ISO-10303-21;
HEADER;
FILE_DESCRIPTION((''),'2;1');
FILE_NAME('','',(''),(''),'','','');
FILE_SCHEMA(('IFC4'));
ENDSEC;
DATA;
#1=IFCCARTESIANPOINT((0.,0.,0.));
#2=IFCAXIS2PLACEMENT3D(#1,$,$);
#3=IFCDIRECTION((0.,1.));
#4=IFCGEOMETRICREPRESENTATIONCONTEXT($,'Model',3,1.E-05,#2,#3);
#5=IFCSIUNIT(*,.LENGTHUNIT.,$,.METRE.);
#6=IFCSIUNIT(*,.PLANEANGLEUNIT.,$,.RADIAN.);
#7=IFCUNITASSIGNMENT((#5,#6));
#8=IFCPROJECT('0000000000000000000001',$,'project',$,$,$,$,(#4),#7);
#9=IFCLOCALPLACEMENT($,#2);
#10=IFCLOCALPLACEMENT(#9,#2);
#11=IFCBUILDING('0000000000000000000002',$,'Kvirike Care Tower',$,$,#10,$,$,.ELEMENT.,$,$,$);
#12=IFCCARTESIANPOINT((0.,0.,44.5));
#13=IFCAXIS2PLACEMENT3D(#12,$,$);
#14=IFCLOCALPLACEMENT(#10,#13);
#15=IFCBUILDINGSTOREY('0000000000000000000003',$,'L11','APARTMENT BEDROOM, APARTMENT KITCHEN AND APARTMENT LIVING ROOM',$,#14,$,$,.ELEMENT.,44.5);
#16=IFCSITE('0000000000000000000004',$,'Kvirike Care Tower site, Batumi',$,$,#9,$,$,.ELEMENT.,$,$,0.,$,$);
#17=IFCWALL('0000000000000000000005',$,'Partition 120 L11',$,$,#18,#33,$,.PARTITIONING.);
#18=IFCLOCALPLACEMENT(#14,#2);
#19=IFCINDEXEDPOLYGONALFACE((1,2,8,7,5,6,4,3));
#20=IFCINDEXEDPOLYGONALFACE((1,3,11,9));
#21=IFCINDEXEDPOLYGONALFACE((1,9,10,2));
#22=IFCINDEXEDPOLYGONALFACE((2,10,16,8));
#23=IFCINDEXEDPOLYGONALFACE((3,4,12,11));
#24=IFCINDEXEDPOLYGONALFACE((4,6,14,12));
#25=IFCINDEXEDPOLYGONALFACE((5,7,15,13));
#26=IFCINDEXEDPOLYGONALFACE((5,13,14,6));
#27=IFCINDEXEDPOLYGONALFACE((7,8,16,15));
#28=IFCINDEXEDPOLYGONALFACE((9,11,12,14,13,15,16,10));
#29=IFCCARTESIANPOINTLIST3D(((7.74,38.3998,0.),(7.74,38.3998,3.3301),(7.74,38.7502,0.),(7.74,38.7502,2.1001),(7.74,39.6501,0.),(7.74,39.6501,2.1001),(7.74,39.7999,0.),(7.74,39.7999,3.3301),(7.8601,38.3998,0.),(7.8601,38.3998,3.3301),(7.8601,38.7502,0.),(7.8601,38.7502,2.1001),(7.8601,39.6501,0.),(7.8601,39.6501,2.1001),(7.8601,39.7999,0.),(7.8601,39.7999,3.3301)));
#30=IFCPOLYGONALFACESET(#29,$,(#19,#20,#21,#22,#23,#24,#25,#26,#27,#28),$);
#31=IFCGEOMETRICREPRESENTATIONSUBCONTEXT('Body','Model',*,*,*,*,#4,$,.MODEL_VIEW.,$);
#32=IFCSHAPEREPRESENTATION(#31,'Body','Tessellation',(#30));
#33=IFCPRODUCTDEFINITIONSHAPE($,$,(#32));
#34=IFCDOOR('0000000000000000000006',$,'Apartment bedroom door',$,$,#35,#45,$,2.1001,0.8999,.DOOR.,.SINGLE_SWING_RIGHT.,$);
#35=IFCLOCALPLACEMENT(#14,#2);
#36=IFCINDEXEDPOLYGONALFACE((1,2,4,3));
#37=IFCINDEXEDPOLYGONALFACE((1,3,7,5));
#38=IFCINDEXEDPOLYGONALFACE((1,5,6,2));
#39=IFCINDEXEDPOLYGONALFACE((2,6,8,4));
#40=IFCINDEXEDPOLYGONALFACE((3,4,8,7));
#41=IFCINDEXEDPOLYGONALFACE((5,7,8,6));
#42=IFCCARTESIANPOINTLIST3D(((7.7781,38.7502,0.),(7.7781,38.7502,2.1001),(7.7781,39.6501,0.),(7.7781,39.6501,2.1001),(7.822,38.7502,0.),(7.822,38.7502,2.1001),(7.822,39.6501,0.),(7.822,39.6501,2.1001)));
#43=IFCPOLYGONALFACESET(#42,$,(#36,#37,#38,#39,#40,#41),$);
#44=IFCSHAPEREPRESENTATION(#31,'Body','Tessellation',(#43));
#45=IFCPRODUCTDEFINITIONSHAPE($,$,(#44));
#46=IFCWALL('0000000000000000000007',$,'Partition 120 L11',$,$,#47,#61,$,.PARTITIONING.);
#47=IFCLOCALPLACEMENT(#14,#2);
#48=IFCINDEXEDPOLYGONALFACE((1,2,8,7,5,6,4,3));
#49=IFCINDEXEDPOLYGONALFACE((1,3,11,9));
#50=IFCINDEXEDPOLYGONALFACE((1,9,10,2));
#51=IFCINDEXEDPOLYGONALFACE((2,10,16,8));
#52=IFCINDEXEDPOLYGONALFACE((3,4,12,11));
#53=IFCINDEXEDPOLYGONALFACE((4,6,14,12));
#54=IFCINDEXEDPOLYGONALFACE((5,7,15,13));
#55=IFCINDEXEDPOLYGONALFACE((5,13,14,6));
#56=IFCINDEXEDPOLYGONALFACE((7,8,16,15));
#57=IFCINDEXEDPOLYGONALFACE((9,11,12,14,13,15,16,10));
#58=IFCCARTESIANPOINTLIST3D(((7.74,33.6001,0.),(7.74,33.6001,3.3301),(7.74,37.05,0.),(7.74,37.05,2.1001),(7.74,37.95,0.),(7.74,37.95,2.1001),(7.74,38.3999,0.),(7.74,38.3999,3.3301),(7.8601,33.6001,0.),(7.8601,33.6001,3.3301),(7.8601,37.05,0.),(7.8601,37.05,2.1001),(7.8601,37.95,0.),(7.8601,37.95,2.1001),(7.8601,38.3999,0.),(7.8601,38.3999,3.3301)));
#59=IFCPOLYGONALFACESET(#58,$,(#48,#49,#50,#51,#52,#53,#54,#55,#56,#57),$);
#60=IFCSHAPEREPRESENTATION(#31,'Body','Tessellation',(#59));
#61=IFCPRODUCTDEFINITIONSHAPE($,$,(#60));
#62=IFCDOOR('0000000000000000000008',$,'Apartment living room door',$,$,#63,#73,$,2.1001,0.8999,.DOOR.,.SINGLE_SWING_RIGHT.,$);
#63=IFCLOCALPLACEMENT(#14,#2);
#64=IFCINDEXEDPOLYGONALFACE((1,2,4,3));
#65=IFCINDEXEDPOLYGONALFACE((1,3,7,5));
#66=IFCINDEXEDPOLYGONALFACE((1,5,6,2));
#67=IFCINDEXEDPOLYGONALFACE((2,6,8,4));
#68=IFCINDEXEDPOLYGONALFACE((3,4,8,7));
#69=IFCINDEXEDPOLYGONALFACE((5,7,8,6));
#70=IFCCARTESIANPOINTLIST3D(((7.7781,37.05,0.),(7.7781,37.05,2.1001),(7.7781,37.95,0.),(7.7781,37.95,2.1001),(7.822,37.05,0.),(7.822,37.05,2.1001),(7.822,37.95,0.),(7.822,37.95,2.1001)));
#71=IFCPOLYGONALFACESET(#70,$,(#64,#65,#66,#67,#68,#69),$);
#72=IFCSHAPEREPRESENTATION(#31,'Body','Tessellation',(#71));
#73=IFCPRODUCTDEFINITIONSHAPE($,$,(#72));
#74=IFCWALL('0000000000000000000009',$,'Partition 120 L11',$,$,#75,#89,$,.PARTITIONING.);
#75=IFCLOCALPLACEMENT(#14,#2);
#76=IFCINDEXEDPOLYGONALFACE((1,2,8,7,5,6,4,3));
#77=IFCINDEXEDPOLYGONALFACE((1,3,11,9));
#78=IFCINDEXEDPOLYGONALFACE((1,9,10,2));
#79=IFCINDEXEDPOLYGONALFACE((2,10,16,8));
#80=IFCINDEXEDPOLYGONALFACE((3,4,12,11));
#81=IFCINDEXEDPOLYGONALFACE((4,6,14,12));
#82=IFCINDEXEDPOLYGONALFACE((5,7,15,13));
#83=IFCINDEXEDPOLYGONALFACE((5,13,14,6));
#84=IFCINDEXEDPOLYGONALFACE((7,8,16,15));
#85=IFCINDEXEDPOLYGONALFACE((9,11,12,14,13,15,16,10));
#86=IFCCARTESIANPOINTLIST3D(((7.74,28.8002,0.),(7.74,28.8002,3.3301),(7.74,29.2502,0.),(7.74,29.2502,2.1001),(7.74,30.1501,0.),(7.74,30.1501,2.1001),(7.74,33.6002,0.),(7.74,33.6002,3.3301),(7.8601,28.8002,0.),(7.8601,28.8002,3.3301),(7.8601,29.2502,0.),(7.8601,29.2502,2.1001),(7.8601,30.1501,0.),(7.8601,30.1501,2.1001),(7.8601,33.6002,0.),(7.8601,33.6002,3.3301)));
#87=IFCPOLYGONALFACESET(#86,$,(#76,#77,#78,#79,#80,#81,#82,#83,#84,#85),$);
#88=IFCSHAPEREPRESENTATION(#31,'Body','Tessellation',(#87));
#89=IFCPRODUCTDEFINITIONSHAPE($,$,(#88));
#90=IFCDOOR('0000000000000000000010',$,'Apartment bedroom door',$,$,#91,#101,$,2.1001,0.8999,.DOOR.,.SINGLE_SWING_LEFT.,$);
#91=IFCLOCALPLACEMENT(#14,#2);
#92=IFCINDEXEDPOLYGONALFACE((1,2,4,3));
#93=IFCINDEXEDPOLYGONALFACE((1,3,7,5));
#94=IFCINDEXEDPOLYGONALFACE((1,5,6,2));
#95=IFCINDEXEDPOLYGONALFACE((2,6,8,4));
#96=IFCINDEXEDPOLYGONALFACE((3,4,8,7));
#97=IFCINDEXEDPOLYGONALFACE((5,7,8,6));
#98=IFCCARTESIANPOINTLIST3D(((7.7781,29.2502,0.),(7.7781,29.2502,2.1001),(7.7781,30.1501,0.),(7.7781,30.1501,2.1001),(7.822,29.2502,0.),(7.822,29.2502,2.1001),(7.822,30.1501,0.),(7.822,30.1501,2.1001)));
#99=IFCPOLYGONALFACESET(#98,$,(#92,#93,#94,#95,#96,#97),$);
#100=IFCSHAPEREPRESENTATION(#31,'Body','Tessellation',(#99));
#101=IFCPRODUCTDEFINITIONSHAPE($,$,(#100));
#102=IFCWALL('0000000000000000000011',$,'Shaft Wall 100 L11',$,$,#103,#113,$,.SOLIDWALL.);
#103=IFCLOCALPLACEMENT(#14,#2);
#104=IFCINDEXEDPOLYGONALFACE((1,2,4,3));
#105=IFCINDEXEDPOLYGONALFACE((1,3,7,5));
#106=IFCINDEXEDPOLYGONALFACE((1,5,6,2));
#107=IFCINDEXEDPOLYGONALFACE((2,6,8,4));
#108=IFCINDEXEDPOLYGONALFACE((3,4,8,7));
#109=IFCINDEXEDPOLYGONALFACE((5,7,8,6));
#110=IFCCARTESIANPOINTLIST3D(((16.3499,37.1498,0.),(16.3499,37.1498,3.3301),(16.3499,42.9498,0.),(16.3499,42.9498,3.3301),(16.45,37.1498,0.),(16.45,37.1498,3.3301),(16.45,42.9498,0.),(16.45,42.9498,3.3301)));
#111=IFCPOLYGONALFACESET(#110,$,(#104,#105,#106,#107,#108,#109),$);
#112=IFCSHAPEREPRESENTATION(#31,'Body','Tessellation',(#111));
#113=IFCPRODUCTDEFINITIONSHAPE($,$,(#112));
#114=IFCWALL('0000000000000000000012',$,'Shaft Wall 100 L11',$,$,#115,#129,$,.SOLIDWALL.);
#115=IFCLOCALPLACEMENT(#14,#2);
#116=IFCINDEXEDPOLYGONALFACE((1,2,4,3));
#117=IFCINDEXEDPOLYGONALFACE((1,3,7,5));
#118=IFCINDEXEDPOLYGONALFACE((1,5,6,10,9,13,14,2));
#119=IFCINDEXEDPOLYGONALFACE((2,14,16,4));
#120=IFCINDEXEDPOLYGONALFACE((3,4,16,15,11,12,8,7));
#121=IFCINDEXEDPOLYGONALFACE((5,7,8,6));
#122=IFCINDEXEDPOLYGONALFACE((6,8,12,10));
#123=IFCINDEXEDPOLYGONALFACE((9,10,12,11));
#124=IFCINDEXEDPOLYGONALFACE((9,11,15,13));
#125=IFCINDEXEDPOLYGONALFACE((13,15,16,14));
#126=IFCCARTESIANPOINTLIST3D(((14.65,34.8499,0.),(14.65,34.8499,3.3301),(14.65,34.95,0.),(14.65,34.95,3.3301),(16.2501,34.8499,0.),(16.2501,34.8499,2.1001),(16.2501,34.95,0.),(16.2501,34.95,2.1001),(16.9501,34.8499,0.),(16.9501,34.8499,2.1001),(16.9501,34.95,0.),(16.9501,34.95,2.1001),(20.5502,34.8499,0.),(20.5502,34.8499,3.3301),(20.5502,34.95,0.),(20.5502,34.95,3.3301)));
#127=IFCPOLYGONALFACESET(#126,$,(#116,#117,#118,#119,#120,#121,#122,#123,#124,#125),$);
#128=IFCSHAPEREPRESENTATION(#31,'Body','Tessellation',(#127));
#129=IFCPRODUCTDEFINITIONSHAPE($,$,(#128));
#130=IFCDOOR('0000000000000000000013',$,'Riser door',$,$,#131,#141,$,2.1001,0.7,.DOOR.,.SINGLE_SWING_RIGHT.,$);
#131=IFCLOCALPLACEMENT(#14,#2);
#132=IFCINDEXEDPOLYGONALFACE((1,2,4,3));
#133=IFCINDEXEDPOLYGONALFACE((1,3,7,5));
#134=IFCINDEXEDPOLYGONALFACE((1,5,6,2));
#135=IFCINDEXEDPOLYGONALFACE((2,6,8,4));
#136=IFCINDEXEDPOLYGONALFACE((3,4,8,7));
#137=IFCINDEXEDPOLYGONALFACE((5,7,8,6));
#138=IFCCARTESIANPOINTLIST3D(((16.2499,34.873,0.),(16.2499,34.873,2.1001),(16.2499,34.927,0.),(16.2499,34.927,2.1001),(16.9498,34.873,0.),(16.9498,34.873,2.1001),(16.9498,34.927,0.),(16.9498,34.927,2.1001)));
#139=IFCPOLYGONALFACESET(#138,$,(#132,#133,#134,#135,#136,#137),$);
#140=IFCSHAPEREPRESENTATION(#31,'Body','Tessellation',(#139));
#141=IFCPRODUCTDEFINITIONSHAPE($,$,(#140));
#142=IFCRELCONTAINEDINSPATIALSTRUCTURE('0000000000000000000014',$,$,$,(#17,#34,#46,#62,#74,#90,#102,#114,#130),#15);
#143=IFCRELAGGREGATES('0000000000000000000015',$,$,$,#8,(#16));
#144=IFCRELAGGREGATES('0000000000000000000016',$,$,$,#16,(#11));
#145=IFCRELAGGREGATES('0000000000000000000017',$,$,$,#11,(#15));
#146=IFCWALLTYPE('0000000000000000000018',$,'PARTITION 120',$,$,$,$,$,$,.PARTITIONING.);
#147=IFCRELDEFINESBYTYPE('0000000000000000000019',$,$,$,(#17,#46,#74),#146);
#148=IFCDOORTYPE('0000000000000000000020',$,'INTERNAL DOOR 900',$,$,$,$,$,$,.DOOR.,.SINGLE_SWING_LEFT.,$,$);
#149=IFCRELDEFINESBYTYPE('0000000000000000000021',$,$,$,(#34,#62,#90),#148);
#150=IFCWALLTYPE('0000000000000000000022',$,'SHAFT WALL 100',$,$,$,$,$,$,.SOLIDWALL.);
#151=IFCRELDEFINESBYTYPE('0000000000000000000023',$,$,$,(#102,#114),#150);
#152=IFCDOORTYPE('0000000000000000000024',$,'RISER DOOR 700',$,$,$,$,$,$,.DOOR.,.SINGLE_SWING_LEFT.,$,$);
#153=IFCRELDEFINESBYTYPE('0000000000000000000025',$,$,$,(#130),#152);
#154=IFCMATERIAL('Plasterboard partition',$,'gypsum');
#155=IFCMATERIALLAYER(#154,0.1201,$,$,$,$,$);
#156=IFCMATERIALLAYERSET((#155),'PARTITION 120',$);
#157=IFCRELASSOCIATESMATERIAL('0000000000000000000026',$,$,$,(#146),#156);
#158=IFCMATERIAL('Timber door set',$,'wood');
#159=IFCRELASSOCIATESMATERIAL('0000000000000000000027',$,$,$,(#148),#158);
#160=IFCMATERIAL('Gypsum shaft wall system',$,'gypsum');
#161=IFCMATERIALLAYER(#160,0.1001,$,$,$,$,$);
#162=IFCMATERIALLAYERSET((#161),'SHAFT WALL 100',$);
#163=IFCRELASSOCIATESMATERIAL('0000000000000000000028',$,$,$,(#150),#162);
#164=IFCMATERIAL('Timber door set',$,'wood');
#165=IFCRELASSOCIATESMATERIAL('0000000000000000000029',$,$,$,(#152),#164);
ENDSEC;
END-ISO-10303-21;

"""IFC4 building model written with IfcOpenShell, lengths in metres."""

from ifc_helpers import new_model, si_unit, direction, frame, frame_2d, origin, place, context, subcontext, project, spatial, rectangle, extrude, material, layer, layer_set, type_object, element, fill, save


model = new_model("IFC4")

# Units and contexts
model_context = context("Model", 3, precision=1e-05, world=origin(), true_north=direction((0.0, 1.0)))
body_context = subcontext(model_context, "Body", "Model", "MODEL_VIEW")
ifc_project = project(units=[si_unit("LENGTHUNIT", "METRE"), si_unit("PLANEANGLEUNIT", "RADIAN")], contexts=[model_context])

# Site, building, storey
site_placement = place(None, origin())
site = spatial("IfcSite", under=ifc_project, at=site_placement, Name="Kvirike Care Tower site, Batumi", CompositionType="ELEMENT", RefElevation=0.0)
building_placement = place(site_placement, origin())
building = spatial("IfcBuilding", under=site, at=building_placement, Name="Kvirike Care Tower", CompositionType="ELEMENT")
storey_placement = place(building_placement, frame((0.0, 0.0, 44.5)))
storey = spatial("IfcBuildingStorey", under=building, at=storey_placement, Name="L11", Description="APARTMENT BEDROOM, APARTMENT KITCHEN AND APARTMENT LIVING ROOM", CompositionType="ELEMENT", Elevation=44.5)

# Walls, openings, doors
ifc_material_1 = material(Name="Plasterboard partition", Category="gypsum")
ifc_layer_1 = layer(ifc_material_1, 0.1201)
ifc_layer_set_1 = layer_set([ifc_layer_1], Name="PARTITION 120")
wall_type_1 = type_object("IfcWallType", Name="PARTITION 120", PredefinedType="PARTITIONING", material=ifc_layer_set_1)
ifc_material_2 = material(Name="Timber door set", Category="wood")
door_type_1 = type_object("IfcDoorType", Name="INTERNAL DOOR 900", OperationType="SINGLE_SWING_LEFT", PredefinedType="DOOR", material=ifc_material_2)
wall_1_placement = place(storey_placement, frame((7.8, 39.8, 0.0), z_axis=(0.0, 0.0, 1.0), x_axis=(0.0, -1.0, 0.0)))
wall_1 = element("IfcWall", 1, at=wall_1_placement, inside=storey, type_object=wall_type_1, Name="Partition 120 L11", PredefinedType="PARTITIONING", context=body_context, shape_type="SweptSolid", body=[
    extrude(rectangle(XDim=1.4001, YDim=0.1201, at=frame_2d((0.7002, 0.0))), origin(), (0.0, 0.0, 1.0), 3.3301),
])
opening_1_placement = place(wall_1_placement, frame((0.1499, 0.0, 0.0)))
opening_1 = element("IfcOpeningElement", 2, at=opening_1_placement, cuts=wall_1, PredefinedType="OPENING", context=body_context, shape_type="SweptSolid", body=[
    extrude(rectangle(XDim=0.8999, YDim=2.1001, at=frame_2d((0.45, 1.05))), frame((0.0, 0.0706, 0.0), z_axis=(0.0, -1.0, 0.0), x_axis=(1.0, 0.0, 0.0)), (0.0, 0.0, 1.0), 0.1411),
])
door_1_placement = place(opening_1_placement, origin())
door_1 = element("IfcDoor", 3, at=door_1_placement, inside=storey, type_object=door_type_1, Name="Apartment bedroom door", OperationType="SINGLE_SWING_RIGHT", OverallHeight=2.1001, OverallWidth=0.8999, PredefinedType="DOOR", context=body_context, shape_type="SweptSolid", body=[
    extrude(rectangle(XDim=0.8999, YDim=2.1001, at=frame_2d((0.45, 1.05))), frame((0.0, 0.022, 0.0), z_axis=(0.0, -1.0, 0.0), x_axis=(1.0, 0.0, 0.0)), (0.0, 0.0, 1.0), 0.0439),
])
fill(opening_1, door_1)
wall_2_placement = place(storey_placement, frame((7.8, 38.3999, 0.0), z_axis=(0.0, 0.0, 1.0), x_axis=(0.0, -1.0, 0.0)))
wall_2 = element("IfcWall", 4, at=wall_2_placement, inside=storey, type_object=wall_type_1, Name="Partition 120 L11", PredefinedType="PARTITIONING", context=body_context, shape_type="SweptSolid", body=[
    extrude(rectangle(XDim=4.7998, YDim=0.1201, at=frame_2d((2.3999, 0.0))), origin(), (0.0, 0.0, 1.0), 3.3301),
])
opening_2_placement = place(wall_2_placement, frame((0.45, 0.0, 0.0)))
opening_2 = element("IfcOpeningElement", 5, at=opening_2_placement, cuts=wall_2, PredefinedType="OPENING", context=body_context, shape_type="SweptSolid", body=[
    extrude(rectangle(XDim=0.8999, YDim=2.1001, at=frame_2d((0.45, 1.05))), frame((0.0, 0.0706, 0.0), z_axis=(0.0, -1.0, 0.0), x_axis=(1.0, 0.0, 0.0)), (0.0, 0.0, 1.0), 0.1411),
])
door_2_placement = place(opening_2_placement, origin())
door_2 = element("IfcDoor", 6, at=door_2_placement, inside=storey, type_object=door_type_1, Name="Apartment living room door", OperationType="SINGLE_SWING_RIGHT", OverallHeight=2.1001, OverallWidth=0.8999, PredefinedType="DOOR", context=body_context, shape_type="SweptSolid", body=[
    extrude(rectangle(XDim=0.8999, YDim=2.1001, at=frame_2d((0.45, 1.05))), frame((0.0, 0.022, 0.0), z_axis=(0.0, -1.0, 0.0), x_axis=(1.0, 0.0, 0.0)), (0.0, 0.0, 1.0), 0.0439),
])
fill(opening_2, door_2)
wall_3_placement = place(storey_placement, frame((7.8, 33.6001, 0.0), z_axis=(0.0, 0.0, 1.0), x_axis=(0.0, -1.0, 0.0)))
wall_3 = element("IfcWall", 7, at=wall_3_placement, inside=storey, type_object=wall_type_1, Name="Partition 120 L11", PredefinedType="PARTITIONING", context=body_context, shape_type="SweptSolid", body=[
    extrude(rectangle(XDim=4.8, YDim=0.1201, at=frame_2d((2.3999, 0.0))), origin(), (0.0, 0.0, 1.0), 3.3301),
])
opening_3_placement = place(wall_3_placement, frame((3.45, 0.0, 0.0)))
opening_3 = element("IfcOpeningElement", 8, at=opening_3_placement, cuts=wall_3, PredefinedType="OPENING", context=body_context, shape_type="SweptSolid", body=[
    extrude(rectangle(XDim=0.8999, YDim=2.1001, at=frame_2d((0.45, 1.05))), frame((0.0, 0.0706, 0.0), z_axis=(0.0, -1.0, 0.0), x_axis=(1.0, 0.0, 0.0)), (0.0, 0.0, 1.0), 0.1411),
])
door_3_placement = place(opening_3_placement, origin())
door_3 = element("IfcDoor", 9, at=door_3_placement, inside=storey, type_object=door_type_1, Name="Apartment bedroom door", OperationType="SINGLE_SWING_LEFT", OverallHeight=2.1001, OverallWidth=0.8999, PredefinedType="DOOR", context=body_context, shape_type="SweptSolid", body=[
    extrude(rectangle(XDim=0.8999, YDim=2.1001, at=frame_2d((0.45, 1.05))), frame((0.0, 0.022, 0.0), z_axis=(0.0, -1.0, 0.0), x_axis=(1.0, 0.0, 0.0)), (0.0, 0.0, 1.0), 0.0439),
])
fill(opening_3, door_3)

# Wall
ifc_material_3 = material(Name="Gypsum shaft wall system", Category="gypsum")
ifc_layer_2 = layer(ifc_material_3, 0.1001)
ifc_layer_set_2 = layer_set([ifc_layer_2], Name="SHAFT WALL 100")
wall_type_2 = type_object("IfcWallType", Name="SHAFT WALL 100", PredefinedType="SOLIDWALL", material=ifc_layer_set_2)
wall_4_placement = place(storey_placement, frame((16.3999, 37.1499, 0.0), z_axis=(0.0, 0.0, 1.0), x_axis=(0.0, 1.0, 0.0)))
element("IfcWall", 10, at=wall_4_placement, inside=storey, type_object=wall_type_2, Name="Shaft Wall 100 L11", PredefinedType="SOLIDWALL", context=body_context, shape_type="SweptSolid", body=[
    extrude(rectangle(XDim=5.8, YDim=0.1001, at=frame_2d((2.8999, 0.0))), origin(), (0.0, 0.0, 1.0), 3.3301),
])

# Wall, opening, door
wall_5_placement = place(storey_placement, frame((14.6499, 34.8999, 0.0), z_axis=(0.0, 0.0, 1.0), x_axis=(1.0, 0.0, 0.0)))
wall_5 = element("IfcWall", 11, at=wall_5_placement, inside=storey, type_object=wall_type_2, Name="Shaft Wall 100 L11", PredefinedType="SOLIDWALL", context=body_context, shape_type="SweptSolid", body=[
    extrude(rectangle(XDim=5.9001, YDim=0.1001, at=frame_2d((2.9502, 0.0))), origin(), (0.0, 0.0, 1.0), 3.3301),
])
opening_4_placement = place(wall_5_placement, frame((1.6001, 0.0, 0.0)))
opening_4 = element("IfcOpeningElement", 12, at=opening_4_placement, cuts=wall_5, PredefinedType="OPENING", context=body_context, shape_type="SweptSolid", body=[
    extrude(rectangle(XDim=0.7, YDim=2.1001, at=frame_2d((0.3501, 1.05))), frame((0.0, 0.0605, 0.0), z_axis=(0.0, -1.0, 0.0), x_axis=(1.0, 0.0, 0.0)), (0.0, 0.0, 1.0), 0.1211),
])
ifc_material_4 = material(Name="Timber door set", Category="wood")
door_type_2 = type_object("IfcDoorType", Name="RISER DOOR 700", OperationType="SINGLE_SWING_LEFT", PredefinedType="DOOR", material=ifc_material_4)
door_4_placement = place(opening_4_placement, frame((0.7, 0.0, 0.0), z_axis=(0.0, 0.0, 1.0), x_axis=(-1.0, 0.0, 0.0)))
door_4 = element("IfcDoor", 13, at=door_4_placement, inside=storey, type_object=door_type_2, Name="Riser door", OperationType="SINGLE_SWING_RIGHT", OverallHeight=2.1001, OverallWidth=0.7, PredefinedType="DOOR", context=body_context, shape_type="SweptSolid", body=[
    extrude(rectangle(XDim=0.7, YDim=2.1001, at=frame_2d((0.3501, 1.05))), frame((0.0, 0.0269, 0.0), z_axis=(0.0, -1.0, 0.0), x_axis=(1.0, 0.0, 0.0)), (0.0, 0.0, 1.0), 0.054),
])
fill(opening_4, door_4)

save(model, "model.ifc")
